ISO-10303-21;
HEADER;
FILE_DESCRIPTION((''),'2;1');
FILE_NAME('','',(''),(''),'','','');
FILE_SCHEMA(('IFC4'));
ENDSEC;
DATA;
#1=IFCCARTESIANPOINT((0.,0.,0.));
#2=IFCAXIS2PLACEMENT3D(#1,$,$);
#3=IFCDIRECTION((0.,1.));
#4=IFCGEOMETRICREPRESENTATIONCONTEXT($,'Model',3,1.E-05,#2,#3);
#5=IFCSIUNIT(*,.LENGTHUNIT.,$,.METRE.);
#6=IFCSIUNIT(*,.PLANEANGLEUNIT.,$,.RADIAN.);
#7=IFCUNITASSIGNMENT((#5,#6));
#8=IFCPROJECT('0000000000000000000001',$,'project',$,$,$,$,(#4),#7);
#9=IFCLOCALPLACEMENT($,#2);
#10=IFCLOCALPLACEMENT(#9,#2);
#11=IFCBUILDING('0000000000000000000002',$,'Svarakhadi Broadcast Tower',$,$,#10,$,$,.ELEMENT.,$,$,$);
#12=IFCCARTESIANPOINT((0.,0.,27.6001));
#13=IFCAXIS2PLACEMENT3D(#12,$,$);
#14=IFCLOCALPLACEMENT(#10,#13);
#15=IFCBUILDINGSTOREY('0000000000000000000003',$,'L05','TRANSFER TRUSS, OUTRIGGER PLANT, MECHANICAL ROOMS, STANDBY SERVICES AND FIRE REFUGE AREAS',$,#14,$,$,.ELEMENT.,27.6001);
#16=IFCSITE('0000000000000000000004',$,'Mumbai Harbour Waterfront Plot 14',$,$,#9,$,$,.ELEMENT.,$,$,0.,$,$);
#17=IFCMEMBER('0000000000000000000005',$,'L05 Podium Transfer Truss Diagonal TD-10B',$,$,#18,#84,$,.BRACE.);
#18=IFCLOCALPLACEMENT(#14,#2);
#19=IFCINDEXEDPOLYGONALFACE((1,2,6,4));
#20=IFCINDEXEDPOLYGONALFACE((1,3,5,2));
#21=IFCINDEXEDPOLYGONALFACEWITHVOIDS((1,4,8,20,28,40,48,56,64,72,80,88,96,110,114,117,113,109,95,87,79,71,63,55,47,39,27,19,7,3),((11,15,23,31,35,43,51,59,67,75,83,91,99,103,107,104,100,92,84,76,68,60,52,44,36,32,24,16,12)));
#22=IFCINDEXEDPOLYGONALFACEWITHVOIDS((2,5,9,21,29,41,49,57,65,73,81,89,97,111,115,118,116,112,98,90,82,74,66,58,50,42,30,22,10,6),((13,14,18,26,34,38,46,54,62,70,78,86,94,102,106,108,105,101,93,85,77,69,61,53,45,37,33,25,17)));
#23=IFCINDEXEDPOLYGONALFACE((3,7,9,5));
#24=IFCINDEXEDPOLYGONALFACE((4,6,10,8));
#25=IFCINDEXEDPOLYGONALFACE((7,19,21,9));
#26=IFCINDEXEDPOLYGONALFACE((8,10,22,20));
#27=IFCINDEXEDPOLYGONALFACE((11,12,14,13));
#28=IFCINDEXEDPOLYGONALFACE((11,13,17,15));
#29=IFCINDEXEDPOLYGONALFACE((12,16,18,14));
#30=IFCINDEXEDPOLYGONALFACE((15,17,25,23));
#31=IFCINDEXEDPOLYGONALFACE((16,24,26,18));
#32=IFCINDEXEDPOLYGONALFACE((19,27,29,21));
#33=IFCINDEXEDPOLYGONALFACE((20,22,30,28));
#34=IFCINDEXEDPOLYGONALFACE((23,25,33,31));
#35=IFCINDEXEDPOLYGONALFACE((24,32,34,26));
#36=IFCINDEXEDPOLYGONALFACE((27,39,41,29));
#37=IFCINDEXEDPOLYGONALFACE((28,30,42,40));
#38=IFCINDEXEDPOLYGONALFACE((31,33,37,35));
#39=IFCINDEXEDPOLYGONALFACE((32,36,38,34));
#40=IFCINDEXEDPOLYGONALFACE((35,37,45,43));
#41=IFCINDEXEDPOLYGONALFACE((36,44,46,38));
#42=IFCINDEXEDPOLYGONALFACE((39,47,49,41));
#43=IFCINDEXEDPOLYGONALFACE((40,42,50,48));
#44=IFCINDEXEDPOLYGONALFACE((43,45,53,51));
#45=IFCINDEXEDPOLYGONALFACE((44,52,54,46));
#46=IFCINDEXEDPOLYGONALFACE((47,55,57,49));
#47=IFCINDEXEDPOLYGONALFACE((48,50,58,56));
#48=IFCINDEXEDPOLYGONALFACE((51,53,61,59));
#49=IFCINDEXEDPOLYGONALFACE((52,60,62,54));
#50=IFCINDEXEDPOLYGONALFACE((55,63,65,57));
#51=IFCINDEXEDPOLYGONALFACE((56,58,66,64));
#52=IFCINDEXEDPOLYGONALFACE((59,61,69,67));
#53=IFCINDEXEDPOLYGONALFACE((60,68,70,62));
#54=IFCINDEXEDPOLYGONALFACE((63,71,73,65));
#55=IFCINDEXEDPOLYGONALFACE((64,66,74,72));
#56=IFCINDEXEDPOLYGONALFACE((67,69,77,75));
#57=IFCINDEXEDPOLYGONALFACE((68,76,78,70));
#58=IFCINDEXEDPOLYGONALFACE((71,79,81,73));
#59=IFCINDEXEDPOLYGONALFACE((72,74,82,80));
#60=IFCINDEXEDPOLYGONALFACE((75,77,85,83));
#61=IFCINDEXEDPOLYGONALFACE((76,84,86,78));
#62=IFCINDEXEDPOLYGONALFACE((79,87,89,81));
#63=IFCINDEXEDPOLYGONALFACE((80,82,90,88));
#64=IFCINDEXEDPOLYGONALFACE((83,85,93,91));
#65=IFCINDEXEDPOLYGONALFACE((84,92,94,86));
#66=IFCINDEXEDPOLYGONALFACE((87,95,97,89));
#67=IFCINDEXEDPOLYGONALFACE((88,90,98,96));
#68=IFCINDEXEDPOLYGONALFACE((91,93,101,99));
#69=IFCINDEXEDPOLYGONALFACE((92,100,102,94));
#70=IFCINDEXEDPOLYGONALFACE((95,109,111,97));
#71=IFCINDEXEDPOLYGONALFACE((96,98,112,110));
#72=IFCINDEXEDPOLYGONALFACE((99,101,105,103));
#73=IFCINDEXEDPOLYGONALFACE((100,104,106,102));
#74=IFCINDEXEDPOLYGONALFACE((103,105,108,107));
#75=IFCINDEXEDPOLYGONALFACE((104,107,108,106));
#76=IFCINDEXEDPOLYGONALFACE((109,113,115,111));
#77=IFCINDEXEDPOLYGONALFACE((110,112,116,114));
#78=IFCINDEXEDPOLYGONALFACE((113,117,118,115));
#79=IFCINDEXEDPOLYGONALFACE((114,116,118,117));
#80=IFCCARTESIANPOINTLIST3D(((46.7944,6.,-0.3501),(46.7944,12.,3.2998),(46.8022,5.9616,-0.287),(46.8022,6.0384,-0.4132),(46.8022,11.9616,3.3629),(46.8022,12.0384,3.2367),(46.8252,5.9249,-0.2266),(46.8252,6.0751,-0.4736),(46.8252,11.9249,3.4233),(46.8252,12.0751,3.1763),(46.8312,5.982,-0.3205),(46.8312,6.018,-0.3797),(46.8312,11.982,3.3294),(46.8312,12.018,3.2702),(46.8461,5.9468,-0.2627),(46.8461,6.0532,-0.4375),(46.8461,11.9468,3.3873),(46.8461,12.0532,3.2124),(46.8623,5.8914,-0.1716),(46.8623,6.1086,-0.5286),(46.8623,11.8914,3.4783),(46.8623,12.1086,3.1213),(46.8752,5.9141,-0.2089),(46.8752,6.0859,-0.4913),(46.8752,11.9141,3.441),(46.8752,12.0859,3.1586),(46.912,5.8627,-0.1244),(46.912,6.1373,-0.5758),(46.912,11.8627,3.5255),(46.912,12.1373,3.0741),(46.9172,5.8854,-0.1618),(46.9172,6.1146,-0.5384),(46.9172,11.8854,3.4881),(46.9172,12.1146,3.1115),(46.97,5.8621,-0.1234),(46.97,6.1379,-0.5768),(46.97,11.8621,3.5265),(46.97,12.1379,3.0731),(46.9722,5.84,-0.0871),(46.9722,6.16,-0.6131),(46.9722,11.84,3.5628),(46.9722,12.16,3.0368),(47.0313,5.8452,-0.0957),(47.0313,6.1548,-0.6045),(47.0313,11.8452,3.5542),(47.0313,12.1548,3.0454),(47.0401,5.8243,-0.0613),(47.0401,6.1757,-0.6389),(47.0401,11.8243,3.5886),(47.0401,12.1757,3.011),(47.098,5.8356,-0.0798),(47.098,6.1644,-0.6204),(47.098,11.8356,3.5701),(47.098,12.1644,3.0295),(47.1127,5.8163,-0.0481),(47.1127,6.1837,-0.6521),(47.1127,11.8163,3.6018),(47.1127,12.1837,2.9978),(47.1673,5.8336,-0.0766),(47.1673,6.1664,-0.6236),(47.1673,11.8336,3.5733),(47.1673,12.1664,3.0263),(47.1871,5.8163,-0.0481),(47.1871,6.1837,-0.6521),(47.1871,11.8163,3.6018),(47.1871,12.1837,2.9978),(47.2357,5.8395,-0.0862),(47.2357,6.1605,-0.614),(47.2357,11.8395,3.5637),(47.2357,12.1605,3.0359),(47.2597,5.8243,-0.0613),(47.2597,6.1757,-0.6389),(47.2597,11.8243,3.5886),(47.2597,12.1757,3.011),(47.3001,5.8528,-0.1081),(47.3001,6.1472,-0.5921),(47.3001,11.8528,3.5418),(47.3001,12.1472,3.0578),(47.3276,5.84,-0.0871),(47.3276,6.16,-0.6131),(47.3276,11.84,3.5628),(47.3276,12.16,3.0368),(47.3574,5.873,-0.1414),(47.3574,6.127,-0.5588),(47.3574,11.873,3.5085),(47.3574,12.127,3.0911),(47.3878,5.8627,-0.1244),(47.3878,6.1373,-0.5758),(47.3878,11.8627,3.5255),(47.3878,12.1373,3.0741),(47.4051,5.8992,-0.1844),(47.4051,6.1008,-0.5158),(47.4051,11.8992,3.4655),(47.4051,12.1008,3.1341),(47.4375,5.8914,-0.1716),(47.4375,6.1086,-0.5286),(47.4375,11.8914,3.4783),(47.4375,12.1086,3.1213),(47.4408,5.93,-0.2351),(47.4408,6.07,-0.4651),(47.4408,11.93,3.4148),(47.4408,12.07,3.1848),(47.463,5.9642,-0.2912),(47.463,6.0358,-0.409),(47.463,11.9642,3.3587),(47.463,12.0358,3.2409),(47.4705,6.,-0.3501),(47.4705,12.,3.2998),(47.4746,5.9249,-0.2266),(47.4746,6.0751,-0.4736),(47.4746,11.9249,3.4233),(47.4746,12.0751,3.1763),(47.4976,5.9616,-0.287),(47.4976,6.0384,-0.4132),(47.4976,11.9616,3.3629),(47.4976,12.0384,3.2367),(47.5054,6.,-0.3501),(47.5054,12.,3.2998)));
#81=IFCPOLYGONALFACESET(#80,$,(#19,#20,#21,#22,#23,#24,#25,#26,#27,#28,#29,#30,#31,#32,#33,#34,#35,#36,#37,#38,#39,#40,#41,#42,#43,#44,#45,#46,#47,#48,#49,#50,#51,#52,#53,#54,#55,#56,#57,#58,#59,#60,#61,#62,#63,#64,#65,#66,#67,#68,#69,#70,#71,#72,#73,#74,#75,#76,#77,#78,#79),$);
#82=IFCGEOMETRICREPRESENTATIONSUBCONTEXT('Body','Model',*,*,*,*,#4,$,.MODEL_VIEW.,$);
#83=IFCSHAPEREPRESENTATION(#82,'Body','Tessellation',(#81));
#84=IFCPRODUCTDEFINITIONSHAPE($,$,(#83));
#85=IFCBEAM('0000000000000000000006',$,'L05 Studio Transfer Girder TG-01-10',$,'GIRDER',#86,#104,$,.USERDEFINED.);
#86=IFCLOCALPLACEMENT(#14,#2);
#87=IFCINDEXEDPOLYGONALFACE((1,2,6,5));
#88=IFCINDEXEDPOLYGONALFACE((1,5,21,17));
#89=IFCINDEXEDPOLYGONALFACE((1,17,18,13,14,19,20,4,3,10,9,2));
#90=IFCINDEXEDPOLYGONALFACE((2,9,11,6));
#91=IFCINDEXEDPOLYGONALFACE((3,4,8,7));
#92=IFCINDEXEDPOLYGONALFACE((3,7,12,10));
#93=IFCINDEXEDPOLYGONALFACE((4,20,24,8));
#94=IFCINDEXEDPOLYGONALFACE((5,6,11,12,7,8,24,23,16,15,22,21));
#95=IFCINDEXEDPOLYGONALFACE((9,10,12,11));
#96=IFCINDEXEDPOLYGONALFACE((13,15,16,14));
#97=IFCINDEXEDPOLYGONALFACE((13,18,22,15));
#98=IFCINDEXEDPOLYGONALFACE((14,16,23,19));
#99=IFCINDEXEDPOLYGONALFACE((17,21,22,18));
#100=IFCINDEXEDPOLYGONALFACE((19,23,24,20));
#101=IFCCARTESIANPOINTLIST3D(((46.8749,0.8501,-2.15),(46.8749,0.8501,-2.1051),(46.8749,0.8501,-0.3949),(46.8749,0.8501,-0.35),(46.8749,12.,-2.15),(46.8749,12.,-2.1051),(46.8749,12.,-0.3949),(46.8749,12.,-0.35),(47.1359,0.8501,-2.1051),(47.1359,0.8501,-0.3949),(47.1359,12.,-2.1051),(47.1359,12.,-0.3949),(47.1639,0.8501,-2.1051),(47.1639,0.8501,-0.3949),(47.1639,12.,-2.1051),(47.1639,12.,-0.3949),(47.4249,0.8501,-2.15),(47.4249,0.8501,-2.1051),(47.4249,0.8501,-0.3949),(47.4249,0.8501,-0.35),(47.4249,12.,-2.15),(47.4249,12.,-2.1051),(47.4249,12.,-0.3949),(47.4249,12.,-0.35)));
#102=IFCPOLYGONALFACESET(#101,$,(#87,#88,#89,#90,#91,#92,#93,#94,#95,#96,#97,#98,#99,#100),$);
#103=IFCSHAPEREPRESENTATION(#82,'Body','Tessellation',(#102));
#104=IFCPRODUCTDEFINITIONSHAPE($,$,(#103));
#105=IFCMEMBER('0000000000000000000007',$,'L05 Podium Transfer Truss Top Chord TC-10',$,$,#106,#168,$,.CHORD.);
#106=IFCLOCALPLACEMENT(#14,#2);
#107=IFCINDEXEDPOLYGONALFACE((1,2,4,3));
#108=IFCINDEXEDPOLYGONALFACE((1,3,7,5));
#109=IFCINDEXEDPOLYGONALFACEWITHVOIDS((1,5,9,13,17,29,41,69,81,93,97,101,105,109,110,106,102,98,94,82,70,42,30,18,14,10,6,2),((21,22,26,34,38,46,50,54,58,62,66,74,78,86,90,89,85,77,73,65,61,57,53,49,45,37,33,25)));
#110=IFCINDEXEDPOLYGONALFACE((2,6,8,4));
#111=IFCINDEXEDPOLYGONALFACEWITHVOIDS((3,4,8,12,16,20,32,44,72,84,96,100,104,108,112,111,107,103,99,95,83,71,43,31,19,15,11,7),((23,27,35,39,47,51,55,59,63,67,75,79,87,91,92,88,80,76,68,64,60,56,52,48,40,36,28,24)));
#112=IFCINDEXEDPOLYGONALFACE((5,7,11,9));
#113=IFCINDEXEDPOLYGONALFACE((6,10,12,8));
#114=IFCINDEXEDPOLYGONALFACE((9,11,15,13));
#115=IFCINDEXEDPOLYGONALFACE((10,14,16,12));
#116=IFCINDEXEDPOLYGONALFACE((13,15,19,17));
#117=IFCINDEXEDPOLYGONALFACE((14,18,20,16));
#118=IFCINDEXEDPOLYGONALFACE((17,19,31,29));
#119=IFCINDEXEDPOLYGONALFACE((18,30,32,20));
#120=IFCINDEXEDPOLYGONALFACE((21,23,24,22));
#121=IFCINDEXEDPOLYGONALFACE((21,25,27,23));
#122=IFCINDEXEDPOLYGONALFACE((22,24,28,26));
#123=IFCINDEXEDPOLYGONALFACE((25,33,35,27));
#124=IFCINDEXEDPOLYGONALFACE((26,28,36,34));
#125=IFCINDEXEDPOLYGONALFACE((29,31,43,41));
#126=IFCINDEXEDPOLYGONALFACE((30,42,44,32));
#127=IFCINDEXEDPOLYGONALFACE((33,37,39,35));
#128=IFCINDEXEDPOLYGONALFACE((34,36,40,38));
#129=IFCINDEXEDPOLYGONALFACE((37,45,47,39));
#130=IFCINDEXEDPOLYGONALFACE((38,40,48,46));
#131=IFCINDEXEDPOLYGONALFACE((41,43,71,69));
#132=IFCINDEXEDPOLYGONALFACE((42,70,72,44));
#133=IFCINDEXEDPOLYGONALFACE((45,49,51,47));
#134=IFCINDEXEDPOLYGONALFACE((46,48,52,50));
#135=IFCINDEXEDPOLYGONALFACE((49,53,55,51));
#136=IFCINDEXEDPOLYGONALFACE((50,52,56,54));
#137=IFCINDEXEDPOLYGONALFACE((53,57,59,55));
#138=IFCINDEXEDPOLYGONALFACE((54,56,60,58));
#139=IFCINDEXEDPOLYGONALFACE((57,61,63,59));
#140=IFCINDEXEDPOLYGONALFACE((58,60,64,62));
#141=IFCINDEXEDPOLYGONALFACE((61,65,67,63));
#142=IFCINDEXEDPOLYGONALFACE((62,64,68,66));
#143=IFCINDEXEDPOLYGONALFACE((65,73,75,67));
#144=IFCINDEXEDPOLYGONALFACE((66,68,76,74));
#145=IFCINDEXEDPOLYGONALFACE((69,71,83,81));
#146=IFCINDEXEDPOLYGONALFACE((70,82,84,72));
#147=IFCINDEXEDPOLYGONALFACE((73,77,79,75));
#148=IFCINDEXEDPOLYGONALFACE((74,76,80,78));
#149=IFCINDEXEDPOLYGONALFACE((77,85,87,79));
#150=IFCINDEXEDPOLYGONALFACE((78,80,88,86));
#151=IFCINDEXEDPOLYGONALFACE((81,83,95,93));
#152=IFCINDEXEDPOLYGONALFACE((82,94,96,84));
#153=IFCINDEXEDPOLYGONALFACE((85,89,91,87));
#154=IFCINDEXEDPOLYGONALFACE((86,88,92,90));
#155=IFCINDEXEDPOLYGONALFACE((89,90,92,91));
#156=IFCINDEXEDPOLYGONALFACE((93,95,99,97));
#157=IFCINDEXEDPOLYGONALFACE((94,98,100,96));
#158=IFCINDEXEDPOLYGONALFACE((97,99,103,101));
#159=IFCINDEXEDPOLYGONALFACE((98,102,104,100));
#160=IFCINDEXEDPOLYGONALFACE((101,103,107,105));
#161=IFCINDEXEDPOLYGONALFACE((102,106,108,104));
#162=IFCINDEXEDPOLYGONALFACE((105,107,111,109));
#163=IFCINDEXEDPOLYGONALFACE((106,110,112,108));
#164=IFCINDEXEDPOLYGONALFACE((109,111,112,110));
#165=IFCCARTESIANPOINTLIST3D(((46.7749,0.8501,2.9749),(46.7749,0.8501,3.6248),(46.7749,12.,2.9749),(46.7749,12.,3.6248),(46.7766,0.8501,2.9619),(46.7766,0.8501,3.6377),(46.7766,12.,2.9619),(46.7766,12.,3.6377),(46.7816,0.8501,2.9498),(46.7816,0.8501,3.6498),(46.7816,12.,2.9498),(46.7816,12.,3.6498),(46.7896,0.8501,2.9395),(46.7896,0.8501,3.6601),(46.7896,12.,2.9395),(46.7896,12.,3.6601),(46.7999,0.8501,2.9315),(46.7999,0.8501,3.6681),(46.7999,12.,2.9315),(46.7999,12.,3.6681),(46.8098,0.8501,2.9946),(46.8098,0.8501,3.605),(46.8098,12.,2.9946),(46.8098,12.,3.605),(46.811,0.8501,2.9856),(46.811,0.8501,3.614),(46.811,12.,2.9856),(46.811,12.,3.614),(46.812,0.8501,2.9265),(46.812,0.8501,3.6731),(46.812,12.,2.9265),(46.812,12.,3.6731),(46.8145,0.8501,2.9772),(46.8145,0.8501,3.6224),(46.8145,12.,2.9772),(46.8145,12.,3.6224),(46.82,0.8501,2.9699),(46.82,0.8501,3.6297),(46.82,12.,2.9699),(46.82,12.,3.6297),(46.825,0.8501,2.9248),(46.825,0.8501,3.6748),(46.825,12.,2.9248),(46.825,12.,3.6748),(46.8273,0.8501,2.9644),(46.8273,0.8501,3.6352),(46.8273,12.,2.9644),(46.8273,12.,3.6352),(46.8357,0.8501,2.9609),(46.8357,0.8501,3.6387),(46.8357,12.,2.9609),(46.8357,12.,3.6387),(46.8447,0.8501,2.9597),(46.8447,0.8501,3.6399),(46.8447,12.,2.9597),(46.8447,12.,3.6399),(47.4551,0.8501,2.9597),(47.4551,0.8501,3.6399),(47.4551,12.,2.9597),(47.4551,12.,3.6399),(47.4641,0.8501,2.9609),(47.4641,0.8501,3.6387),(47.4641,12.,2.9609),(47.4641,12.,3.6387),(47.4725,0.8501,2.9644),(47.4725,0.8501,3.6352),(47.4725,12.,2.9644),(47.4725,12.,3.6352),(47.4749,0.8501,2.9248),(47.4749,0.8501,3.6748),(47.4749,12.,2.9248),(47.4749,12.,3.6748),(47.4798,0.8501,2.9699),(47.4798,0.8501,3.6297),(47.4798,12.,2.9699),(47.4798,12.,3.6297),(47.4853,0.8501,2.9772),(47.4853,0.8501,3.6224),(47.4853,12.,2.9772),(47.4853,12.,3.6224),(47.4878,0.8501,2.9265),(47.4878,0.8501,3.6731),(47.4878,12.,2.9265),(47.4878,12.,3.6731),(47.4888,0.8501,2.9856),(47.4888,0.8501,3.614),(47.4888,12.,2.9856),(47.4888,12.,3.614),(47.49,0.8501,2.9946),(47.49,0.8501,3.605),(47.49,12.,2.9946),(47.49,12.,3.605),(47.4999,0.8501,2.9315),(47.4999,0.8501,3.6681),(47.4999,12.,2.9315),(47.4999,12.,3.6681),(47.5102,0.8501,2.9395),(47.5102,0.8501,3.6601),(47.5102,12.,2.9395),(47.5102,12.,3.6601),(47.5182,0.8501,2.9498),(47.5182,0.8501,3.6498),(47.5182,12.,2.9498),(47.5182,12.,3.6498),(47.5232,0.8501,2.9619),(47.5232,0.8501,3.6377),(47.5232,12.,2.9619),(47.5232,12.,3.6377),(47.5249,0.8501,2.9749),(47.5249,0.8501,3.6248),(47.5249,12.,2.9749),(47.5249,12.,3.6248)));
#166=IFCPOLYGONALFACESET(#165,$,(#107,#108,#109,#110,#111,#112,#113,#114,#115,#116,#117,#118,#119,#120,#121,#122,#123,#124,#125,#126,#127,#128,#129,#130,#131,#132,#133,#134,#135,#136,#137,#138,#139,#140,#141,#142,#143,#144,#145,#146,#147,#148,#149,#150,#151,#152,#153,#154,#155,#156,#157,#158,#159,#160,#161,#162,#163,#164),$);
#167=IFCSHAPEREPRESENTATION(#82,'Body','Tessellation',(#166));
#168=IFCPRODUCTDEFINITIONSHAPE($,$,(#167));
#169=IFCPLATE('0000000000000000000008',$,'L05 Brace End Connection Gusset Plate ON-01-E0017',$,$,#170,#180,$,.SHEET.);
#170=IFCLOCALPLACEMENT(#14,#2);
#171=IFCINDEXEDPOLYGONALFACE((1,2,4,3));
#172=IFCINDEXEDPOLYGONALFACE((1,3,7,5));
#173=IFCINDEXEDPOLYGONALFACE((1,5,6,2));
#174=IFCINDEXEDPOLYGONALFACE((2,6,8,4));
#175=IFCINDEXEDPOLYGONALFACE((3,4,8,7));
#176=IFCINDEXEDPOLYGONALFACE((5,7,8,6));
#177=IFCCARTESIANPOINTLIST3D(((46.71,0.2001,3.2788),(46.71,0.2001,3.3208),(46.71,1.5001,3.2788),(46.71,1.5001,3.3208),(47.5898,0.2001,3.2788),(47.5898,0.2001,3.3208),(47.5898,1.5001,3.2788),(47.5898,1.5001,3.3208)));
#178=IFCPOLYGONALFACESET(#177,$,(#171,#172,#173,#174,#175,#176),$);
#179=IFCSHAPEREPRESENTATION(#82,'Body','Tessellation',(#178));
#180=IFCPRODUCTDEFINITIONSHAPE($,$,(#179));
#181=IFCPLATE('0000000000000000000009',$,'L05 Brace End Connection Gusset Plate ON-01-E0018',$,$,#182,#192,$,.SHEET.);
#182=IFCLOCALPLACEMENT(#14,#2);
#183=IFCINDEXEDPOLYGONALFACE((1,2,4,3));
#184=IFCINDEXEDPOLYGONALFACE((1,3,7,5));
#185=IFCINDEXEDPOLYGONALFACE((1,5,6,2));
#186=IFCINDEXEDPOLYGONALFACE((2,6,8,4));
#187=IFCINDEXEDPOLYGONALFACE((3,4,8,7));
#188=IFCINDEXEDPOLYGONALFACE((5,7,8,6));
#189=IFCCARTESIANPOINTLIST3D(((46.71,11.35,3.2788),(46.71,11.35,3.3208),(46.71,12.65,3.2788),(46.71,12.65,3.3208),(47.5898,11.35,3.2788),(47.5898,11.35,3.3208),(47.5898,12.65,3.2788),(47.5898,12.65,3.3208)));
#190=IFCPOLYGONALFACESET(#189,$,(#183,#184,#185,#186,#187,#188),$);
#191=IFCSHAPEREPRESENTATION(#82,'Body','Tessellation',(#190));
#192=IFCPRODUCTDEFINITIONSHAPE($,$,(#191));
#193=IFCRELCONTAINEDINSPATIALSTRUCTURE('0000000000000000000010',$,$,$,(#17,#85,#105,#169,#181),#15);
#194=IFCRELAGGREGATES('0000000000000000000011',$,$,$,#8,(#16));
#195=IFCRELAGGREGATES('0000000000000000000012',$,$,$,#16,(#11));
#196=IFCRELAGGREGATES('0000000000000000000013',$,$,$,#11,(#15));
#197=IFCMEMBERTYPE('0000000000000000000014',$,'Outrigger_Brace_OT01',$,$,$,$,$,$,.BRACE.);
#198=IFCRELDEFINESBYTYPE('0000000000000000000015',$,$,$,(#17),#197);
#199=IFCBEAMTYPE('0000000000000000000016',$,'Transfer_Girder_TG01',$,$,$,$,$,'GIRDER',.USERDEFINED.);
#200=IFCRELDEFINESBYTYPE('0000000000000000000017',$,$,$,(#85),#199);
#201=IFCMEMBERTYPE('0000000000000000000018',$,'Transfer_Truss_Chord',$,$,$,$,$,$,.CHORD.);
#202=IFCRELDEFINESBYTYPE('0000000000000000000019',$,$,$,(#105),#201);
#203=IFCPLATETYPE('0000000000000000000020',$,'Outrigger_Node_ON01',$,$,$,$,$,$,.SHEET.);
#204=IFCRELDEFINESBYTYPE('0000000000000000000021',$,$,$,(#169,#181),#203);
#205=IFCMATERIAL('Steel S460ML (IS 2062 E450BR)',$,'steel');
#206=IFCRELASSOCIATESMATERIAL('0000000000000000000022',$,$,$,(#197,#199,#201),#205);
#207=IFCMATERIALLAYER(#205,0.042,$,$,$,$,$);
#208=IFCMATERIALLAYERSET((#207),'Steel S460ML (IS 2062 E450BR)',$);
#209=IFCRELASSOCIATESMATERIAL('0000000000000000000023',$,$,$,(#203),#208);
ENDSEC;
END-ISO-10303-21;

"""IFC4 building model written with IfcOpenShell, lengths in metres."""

from ifc_helpers import new_model, si_unit, direction, frame, origin, origin_2d, place, context, subcontext, project, spatial, rectangle, hollow_rectangle, hollow_circle, i_section, extrude, material, layer, layer_set, material_profile, profile_set, type_object, element, save


model = new_model("IFC4")

# Units and contexts
model_context = context("Model", 3, precision=1e-05, world=origin(), true_north=direction((0.0, 1.0)))
body_context = subcontext(model_context, "Body", "Model", "MODEL_VIEW")
ifc_project = project(units=[si_unit("LENGTHUNIT", "METRE"), si_unit("PLANEANGLEUNIT", "RADIAN")], contexts=[model_context])

# Site, building, storey
site_placement = place(None, origin())
site = spatial("IfcSite", under=ifc_project, at=site_placement, Name="Mumbai Harbour Waterfront Plot 14", CompositionType="ELEMENT", RefElevation=0.0)
building_placement = place(site_placement, origin())
building = spatial("IfcBuilding", under=site, at=building_placement, Name="Svarakhadi Broadcast Tower", CompositionType="ELEMENT")
storey_placement = place(building_placement, frame((0.0, 0.0, 27.6001)))
storey = spatial("IfcBuildingStorey", under=building, at=storey_placement, Name="L05", Description="TRANSFER TRUSS, OUTRIGGER PLANT, MECHANICAL ROOMS, STANDBY SERVICES AND FIRE REFUGE AREAS", CompositionType="ELEMENT", Elevation=27.6001)

# Shared definitions
ifc_material_1 = material(Name="Steel S460ML (IS 2062 E450BR)", Category="steel")

# Member
ifc_material_profile_1 = material_profile(ifc_material_1, hollow_circle(Radius=0.3555, WallThickness=0.0349, at=origin_2d()), Name="CHS 711x35")
ifc_profile_set_1 = profile_set([ifc_material_profile_1], Name="Steel S460ML (IS 2062 E450BR)")
member_type_1 = type_object("IfcMemberType", Name="Outrigger_Brace_OT01", PredefinedType="BRACE", material=ifc_profile_set_1)
member_1_placement = place(storey_placement, frame((47.1499, 12.0, 3.2998), z_axis=(0.0, -0.854342, -0.519711), x_axis=(1.0, 0.0, 0.0)))
element("IfcMember", 1, at=member_1_placement, inside=storey, type_object=member_type_1, Name="L05 Podium Transfer Truss Diagonal TD-10B", PredefinedType="BRACE", context=body_context, shape_type="SweptSolid", body=[
    extrude(hollow_circle(Radius=0.3555, WallThickness=0.0349, at=origin_2d()), origin(), (0.0, 0.0, 1.0), 7.0229),
])

# Beam
ifc_material_profile_2 = material_profile(ifc_material_1, i_section(OverallWidth=0.55, OverallDepth=1.8, WebThickness=0.0281, FlangeThickness=0.0449, at=origin_2d()), Name="PG 1800x550x45")
ifc_profile_set_2 = profile_set([ifc_material_profile_2], Name="Steel S460ML (IS 2062 E450BR)")
beam_type_1 = type_object("IfcBeamType", Name="Transfer_Girder_TG01", ElementType="GIRDER", PredefinedType="USERDEFINED", material=ifc_profile_set_2)
beam_1_placement = place(storey_placement, frame((47.1499, 0.8501, -1.25), z_axis=(0.0, 1.0, 0.0), x_axis=(-1.0, 0.0, 0.0)))
element("IfcBeam", 2, at=beam_1_placement, inside=storey, type_object=beam_type_1, Name="L05 Studio Transfer Girder TG-01-10", ObjectType="GIRDER", PredefinedType="USERDEFINED", context=body_context, shape_type="SweptSolid", body=[
    extrude(i_section(OverallWidth=0.55, OverallDepth=1.8, WebThickness=0.0281, FlangeThickness=0.0449, at=origin_2d()), origin(), (0.0, 0.0, 1.0), 11.1499),
])

# Member
ifc_material_profile_3 = material_profile(ifc_material_1, hollow_rectangle(XDim=0.75, YDim=0.75, WallThickness=0.0349, InnerFilletRadius=0.0349, OuterFilletRadius=0.05, at=origin_2d()), Name="BOX 750x750x35")
ifc_profile_set_3 = profile_set([ifc_material_profile_3], Name="Steel S460ML (IS 2062 E450BR)")
member_type_2 = type_object("IfcMemberType", Name="Transfer_Truss_Chord", PredefinedType="CHORD", material=ifc_profile_set_3)
member_2_placement = place(storey_placement, frame((47.1499, 0.8501, 3.2998), z_axis=(0.0, 1.0, 0.0), x_axis=(-1.0, 0.0, 0.0)))
element("IfcMember", 3, at=member_2_placement, inside=storey, type_object=member_type_2, Name="L05 Podium Transfer Truss Top Chord TC-10", PredefinedType="CHORD", context=body_context, shape_type="SweptSolid", body=[
    extrude(hollow_rectangle(XDim=0.75, YDim=0.75, WallThickness=0.0349, InnerFilletRadius=0.0349, OuterFilletRadius=0.05, at=origin_2d()), origin(), (0.0, 0.0, 1.0), 11.1499),
])

# Plates
ifc_layer_1 = layer(ifc_material_1, 0.042)
ifc_layer_set_1 = layer_set([ifc_layer_1], Name="Steel S460ML (IS 2062 E450BR)")
plate_type_1 = type_object("IfcPlateType", Name="Outrigger_Node_ON01", PredefinedType="SHEET", material=ifc_layer_set_1)
for number, where, z_axis, x_axis, name in (
    (4, (47.1499, 0.8501, 3.2788), (0.0, 0.0, 1.0), (0.0, 1.0, 0.0), "L05 Brace End Connection Gusset Plate ON-01-E0017"),
    (5, (47.1499, 12.0, 3.2788), (0.0, 0.0, 1.0), (0.0, 1.0, 0.0), "L05 Brace End Connection Gusset Plate ON-01-E0018"),
):
    element("IfcPlate", number, at=place(storey_placement, frame(where, z_axis=z_axis, x_axis=x_axis)), inside=storey, type_object=plate_type_1, Name=name, PredefinedType="SHEET", context=body_context, shape_type="SweptSolid", body=[
        extrude(rectangle(XDim=1.3, YDim=0.8799, at=origin_2d()), origin(), (0.0, 0.0, 1.0), 0.042),
    ])

save(model, "model.ifc")
